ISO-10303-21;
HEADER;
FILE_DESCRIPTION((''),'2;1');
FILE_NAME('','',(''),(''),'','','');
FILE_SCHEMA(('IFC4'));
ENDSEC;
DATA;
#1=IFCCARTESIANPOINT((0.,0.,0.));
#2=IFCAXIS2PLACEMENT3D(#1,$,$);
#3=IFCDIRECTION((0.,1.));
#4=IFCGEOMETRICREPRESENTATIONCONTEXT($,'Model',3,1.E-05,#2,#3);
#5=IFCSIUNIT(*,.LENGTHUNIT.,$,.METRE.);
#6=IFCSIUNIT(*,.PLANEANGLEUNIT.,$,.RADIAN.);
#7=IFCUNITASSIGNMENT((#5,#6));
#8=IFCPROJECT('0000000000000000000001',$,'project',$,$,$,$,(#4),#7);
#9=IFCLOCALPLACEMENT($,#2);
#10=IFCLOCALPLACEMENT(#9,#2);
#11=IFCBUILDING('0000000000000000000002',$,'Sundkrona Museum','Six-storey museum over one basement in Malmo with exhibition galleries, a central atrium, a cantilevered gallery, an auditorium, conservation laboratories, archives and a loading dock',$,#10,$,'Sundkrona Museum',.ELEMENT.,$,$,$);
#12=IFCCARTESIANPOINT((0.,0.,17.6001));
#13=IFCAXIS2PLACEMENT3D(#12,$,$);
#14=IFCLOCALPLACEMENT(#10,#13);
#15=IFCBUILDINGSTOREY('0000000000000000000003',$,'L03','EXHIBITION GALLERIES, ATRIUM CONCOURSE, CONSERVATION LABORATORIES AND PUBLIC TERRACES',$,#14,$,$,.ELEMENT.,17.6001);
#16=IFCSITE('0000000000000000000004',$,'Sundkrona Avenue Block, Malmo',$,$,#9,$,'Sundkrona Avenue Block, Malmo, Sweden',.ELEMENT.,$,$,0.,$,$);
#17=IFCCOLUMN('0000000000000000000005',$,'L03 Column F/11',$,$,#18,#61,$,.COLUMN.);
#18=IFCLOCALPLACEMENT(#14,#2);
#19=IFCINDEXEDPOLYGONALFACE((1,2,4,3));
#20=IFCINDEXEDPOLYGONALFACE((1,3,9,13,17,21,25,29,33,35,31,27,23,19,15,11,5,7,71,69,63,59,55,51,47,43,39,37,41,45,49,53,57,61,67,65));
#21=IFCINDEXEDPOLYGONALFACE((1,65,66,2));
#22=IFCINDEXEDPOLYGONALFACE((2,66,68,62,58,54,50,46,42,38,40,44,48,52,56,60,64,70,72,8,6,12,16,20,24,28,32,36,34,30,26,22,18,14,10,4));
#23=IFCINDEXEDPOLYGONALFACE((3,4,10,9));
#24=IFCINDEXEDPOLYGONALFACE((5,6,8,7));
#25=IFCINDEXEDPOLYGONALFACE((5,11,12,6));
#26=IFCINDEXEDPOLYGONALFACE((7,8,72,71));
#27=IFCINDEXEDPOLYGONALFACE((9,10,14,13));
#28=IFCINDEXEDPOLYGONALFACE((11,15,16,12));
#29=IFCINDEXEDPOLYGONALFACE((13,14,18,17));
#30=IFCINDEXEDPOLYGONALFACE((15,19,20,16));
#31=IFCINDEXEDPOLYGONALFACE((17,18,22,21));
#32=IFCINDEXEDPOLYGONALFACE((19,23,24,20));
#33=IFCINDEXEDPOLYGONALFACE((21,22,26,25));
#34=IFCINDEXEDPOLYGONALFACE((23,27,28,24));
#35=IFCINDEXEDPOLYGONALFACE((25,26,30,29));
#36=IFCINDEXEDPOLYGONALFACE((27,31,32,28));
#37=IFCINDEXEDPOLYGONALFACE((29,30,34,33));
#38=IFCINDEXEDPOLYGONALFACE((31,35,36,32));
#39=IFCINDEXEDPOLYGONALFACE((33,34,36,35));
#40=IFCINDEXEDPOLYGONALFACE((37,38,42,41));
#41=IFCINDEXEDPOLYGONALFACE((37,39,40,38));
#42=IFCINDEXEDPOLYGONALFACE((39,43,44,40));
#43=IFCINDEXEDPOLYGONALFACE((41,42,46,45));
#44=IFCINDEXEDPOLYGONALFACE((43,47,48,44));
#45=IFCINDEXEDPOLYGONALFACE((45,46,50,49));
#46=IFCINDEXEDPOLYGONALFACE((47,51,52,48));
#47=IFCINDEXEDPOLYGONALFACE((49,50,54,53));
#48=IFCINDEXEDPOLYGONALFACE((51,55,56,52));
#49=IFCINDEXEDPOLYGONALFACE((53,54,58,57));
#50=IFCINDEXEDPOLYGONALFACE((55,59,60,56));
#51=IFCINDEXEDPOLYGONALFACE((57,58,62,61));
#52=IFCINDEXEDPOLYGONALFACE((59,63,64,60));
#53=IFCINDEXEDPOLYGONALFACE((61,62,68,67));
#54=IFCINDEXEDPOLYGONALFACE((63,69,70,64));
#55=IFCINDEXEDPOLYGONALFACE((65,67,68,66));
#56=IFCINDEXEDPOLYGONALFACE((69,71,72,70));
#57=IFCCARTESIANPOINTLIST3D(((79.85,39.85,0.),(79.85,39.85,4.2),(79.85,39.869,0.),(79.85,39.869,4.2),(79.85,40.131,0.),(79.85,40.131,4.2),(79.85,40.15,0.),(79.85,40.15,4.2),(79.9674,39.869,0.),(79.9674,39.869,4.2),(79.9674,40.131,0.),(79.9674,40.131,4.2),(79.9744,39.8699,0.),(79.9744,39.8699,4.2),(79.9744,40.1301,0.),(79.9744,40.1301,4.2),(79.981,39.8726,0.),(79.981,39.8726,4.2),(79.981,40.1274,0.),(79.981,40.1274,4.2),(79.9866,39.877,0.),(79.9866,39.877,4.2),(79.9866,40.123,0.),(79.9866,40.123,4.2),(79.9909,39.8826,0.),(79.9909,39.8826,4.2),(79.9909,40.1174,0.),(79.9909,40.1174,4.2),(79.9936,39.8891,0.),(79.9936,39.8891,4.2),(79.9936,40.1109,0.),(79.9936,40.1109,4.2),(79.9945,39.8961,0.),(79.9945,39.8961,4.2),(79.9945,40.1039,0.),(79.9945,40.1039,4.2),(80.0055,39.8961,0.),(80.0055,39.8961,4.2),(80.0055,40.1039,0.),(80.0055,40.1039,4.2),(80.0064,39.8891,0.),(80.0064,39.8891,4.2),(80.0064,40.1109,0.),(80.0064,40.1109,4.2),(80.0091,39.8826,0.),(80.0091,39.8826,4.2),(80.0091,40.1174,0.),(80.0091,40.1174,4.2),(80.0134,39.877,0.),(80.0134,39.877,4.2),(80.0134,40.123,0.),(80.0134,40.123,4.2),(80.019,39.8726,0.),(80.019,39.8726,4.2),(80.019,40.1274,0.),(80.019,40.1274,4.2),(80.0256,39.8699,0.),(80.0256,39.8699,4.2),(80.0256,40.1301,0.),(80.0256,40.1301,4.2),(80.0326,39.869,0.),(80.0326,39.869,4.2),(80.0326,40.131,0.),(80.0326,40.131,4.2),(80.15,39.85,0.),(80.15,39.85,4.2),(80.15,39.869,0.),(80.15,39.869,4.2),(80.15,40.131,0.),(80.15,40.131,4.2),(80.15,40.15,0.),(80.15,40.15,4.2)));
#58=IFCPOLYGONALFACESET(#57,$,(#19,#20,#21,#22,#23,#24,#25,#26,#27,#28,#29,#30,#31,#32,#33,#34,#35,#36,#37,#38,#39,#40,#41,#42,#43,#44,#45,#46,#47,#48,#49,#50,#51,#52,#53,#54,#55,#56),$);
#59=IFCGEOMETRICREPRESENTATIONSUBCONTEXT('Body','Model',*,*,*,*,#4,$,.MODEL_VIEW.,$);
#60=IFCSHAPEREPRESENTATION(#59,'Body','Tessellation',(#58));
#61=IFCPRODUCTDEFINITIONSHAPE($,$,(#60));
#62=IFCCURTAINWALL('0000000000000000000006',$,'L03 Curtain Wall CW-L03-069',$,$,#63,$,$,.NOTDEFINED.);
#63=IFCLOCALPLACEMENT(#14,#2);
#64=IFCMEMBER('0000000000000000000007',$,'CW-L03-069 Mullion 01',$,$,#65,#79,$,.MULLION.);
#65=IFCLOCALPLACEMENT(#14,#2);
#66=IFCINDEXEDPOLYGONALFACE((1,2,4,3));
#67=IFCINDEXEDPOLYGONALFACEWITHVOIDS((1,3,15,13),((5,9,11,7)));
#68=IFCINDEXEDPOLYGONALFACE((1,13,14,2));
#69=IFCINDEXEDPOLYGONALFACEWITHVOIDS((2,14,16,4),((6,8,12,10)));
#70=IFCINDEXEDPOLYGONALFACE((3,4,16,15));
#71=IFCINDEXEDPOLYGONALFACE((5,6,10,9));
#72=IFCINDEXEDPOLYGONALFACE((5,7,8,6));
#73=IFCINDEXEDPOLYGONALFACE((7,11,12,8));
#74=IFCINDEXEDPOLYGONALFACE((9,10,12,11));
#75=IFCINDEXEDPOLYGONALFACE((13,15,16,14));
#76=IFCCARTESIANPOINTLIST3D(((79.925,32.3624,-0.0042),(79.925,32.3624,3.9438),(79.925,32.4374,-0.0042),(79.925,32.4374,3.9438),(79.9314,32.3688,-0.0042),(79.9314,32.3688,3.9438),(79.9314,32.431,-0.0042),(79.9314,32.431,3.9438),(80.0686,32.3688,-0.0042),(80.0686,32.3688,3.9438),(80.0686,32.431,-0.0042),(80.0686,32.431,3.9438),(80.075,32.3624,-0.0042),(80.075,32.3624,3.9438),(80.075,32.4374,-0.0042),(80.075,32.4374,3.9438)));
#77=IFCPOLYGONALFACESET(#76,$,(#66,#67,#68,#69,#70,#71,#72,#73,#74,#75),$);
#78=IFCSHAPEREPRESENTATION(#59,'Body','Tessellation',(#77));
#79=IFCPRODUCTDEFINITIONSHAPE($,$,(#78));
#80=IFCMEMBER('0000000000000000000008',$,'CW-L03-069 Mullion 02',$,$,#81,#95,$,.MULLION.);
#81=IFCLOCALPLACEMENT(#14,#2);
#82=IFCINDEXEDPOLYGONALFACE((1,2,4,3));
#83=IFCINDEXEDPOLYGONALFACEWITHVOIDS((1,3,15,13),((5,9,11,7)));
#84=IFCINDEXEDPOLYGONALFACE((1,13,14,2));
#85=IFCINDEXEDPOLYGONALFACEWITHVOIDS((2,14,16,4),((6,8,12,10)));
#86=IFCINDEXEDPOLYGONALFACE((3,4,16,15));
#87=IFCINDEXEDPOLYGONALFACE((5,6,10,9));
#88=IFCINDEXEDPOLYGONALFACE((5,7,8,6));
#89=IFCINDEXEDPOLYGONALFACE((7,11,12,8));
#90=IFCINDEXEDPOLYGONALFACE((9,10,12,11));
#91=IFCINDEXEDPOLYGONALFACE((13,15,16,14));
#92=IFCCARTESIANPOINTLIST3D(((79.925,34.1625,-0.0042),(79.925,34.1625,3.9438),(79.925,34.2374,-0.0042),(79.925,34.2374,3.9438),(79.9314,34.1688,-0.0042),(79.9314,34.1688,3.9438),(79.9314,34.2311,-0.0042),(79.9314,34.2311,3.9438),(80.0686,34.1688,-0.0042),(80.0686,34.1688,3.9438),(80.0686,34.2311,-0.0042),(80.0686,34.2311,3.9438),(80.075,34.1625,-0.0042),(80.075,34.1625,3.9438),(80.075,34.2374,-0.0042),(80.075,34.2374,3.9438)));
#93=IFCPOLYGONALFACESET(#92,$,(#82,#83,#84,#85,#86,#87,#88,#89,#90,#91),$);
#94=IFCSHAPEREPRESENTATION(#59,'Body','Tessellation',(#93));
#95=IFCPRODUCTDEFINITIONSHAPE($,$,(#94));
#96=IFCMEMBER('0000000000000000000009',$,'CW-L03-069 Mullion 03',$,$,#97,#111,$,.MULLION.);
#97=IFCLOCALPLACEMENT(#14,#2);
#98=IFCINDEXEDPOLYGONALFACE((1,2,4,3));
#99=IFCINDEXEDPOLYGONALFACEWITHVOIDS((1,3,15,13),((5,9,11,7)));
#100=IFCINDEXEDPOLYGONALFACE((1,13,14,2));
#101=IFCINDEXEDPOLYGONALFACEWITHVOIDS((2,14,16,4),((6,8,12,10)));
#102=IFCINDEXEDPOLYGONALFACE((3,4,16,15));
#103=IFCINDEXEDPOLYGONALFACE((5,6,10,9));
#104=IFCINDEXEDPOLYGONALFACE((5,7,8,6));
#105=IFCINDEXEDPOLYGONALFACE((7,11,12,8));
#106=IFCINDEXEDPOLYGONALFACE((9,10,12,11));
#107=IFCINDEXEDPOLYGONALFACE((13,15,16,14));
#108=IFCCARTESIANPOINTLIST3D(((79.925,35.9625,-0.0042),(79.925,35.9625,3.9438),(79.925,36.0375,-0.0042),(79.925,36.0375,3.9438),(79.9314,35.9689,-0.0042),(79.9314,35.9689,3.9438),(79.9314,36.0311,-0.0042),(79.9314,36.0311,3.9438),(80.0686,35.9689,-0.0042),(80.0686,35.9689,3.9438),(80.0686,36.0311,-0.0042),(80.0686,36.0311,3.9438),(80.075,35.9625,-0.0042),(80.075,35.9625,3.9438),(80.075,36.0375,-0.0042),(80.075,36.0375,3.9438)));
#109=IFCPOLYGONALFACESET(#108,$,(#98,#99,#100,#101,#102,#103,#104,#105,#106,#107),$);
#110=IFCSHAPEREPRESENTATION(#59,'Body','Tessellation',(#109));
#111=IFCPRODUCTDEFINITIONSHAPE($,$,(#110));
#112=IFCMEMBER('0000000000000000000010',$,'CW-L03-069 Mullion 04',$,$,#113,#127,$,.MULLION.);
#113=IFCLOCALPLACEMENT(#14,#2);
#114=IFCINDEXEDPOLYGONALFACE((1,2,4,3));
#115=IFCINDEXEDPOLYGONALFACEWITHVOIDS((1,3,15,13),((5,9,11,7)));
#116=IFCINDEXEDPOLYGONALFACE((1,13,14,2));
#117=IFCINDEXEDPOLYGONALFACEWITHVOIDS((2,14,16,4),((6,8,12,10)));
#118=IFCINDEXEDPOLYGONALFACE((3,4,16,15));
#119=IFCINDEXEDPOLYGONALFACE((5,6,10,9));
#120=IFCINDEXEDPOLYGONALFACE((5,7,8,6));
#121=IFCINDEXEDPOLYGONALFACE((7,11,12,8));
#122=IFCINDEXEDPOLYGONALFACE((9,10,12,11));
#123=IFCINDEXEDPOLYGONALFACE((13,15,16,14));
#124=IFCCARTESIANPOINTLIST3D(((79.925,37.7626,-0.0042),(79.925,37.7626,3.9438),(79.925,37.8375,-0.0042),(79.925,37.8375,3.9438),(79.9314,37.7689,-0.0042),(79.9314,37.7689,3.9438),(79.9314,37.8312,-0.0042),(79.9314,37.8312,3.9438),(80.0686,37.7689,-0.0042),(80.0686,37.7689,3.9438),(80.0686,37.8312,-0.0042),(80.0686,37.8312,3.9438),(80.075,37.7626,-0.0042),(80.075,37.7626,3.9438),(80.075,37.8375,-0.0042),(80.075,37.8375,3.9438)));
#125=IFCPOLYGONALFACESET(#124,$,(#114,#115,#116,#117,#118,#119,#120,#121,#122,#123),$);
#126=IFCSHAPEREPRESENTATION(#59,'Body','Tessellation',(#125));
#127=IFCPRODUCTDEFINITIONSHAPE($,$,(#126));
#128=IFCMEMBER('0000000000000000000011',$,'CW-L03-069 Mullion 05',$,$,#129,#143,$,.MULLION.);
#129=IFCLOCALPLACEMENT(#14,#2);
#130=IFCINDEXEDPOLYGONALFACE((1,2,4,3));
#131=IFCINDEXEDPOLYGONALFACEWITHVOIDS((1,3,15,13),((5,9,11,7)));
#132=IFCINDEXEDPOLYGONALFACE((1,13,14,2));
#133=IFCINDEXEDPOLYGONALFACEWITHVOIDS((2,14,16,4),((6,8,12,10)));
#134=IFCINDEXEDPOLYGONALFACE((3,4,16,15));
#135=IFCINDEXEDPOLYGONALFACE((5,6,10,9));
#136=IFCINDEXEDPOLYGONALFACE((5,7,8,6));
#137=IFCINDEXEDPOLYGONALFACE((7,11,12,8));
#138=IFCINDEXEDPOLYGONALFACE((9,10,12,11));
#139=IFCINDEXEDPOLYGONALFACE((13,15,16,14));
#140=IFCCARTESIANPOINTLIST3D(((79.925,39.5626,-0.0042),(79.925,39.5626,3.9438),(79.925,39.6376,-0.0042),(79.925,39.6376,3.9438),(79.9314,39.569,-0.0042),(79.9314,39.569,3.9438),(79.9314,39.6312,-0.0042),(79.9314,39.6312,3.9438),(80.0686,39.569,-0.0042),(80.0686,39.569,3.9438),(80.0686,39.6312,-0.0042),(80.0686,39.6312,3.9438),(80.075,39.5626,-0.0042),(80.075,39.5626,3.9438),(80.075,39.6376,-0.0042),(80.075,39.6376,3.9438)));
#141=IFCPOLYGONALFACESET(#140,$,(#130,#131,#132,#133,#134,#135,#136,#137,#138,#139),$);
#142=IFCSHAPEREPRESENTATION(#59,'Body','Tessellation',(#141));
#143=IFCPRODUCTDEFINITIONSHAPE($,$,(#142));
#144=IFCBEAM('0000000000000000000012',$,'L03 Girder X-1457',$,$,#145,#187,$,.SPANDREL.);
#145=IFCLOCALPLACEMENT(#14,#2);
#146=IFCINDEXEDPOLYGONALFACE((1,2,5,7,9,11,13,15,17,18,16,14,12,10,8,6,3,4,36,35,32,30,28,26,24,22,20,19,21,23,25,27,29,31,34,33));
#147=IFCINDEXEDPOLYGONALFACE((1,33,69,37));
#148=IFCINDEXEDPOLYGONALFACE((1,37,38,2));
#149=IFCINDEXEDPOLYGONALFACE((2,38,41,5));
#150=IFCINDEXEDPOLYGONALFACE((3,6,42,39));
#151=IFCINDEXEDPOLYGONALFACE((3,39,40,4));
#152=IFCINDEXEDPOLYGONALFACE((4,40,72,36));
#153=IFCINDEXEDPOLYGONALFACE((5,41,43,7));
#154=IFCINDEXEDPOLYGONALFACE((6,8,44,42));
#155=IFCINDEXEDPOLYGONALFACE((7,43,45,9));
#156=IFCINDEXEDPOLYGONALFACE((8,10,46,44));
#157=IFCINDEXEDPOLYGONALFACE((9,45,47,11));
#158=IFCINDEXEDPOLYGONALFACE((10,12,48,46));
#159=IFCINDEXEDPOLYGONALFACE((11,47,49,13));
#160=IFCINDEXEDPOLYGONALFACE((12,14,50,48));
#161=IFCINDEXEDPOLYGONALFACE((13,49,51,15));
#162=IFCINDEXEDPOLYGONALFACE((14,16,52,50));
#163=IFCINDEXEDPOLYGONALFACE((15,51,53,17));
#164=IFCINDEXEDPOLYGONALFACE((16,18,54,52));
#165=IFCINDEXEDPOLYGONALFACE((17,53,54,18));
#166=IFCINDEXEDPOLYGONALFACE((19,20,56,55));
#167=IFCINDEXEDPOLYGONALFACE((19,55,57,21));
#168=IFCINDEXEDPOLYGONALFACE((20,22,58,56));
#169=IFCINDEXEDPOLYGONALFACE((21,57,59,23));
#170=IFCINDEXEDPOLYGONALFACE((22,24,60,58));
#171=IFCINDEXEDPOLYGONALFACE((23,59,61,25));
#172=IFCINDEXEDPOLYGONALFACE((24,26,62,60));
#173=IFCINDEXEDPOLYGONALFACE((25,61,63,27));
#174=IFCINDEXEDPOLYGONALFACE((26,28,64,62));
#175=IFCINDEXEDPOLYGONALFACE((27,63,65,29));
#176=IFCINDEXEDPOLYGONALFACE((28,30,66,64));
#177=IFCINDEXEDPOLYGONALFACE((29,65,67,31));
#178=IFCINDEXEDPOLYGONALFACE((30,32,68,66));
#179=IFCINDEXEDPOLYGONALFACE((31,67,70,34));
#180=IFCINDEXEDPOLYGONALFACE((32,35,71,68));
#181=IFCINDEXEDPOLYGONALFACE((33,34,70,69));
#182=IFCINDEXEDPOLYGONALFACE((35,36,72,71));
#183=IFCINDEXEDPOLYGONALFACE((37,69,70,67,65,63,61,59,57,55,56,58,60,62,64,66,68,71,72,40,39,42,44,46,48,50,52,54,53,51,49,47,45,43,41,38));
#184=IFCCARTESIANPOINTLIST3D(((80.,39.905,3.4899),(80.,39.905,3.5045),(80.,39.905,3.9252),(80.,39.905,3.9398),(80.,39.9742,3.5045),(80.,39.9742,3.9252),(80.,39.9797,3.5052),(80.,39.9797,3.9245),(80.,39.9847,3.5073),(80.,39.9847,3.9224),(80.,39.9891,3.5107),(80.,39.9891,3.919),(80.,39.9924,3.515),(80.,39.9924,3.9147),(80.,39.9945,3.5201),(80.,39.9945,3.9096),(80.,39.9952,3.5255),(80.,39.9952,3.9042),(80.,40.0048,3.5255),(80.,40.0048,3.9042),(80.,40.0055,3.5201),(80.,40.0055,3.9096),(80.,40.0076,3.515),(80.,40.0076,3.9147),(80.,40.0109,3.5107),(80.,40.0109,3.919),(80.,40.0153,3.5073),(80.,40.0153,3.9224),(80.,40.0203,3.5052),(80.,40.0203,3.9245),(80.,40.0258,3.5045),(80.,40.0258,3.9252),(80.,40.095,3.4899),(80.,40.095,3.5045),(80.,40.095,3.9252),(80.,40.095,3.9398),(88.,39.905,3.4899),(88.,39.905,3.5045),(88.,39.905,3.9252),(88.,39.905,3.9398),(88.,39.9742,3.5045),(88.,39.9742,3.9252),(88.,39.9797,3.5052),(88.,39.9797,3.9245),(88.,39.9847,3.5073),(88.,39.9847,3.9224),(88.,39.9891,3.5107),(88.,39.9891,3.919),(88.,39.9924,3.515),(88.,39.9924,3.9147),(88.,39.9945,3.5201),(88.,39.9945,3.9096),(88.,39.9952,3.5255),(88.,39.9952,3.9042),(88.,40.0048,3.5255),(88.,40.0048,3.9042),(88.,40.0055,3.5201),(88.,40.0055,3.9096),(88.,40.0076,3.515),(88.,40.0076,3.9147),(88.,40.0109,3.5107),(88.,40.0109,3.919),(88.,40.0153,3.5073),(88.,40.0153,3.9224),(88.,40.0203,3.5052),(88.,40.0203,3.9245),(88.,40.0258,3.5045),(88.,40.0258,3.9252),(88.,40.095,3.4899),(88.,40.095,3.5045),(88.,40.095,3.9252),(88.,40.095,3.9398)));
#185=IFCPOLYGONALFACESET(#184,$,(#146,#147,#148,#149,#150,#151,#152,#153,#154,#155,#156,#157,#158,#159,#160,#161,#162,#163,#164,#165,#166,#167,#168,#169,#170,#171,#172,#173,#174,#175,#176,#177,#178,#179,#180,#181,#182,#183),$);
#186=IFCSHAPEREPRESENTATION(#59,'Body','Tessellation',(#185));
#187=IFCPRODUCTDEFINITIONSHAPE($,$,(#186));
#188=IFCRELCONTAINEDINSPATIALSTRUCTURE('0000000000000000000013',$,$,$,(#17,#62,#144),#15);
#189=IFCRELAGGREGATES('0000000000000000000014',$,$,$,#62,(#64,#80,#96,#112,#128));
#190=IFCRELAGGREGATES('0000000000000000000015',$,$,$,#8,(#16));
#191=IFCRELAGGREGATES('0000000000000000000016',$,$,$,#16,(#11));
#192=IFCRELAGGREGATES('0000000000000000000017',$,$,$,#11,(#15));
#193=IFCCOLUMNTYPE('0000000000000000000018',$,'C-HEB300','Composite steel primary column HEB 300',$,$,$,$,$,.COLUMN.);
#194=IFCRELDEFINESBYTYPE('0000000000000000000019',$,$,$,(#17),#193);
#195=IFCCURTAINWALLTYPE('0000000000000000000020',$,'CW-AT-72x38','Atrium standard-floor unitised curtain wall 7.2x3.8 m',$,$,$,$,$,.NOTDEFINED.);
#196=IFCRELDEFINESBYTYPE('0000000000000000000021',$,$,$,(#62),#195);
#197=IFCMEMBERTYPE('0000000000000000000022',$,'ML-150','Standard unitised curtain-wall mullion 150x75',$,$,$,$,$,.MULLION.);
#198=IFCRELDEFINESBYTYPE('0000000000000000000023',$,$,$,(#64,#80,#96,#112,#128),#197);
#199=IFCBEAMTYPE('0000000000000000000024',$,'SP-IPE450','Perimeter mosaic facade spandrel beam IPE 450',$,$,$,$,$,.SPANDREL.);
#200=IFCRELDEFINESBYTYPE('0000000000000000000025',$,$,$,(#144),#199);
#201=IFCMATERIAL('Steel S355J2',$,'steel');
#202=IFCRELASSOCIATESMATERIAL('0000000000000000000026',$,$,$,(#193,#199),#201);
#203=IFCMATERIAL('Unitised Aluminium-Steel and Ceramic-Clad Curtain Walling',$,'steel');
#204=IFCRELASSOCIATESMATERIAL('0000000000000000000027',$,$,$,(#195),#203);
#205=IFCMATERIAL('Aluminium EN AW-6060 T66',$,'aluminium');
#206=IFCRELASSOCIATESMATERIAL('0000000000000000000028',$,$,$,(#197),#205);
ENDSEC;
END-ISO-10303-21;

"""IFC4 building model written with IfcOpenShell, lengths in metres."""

from ifc_helpers import new_model, si_unit, direction, frame, origin, origin_2d, place, context, subcontext, project, spatial, hollow_rectangle, i_section, extrude, material, material_profile, profile_set, type_object, element, aggregate, save


model = new_model("IFC4")

# Units and contexts
model_context = context("Model", 3, precision=1e-05, world=origin(), true_north=direction((0.0, 1.0)))
body_context = subcontext(model_context, "Body", "Model", "MODEL_VIEW")
ifc_project = project(units=[si_unit("LENGTHUNIT", "METRE"), si_unit("PLANEANGLEUNIT", "RADIAN")], contexts=[model_context])

# Site, building, storey
site_placement = place(None, origin())
site = spatial("IfcSite", under=ifc_project, at=site_placement, Name="Sundkrona Avenue Block, Malmo", LongName="Sundkrona Avenue Block, Malmo, Sweden", CompositionType="ELEMENT", RefElevation=0.0)
building_placement = place(site_placement, origin())
building = spatial("IfcBuilding", under=site, at=building_placement, Name="Sundkrona Museum", Description="Six-storey museum over one basement in Malmo with exhibition galleries, a central atrium, a cantilevered gallery, an auditorium, conservation laboratories, archives and a loading dock", LongName="Sundkrona Museum", CompositionType="ELEMENT")
storey_placement = place(building_placement, frame((0.0, 0.0, 17.6001)))
storey = spatial("IfcBuildingStorey", under=building, at=storey_placement, Name="L03", Description="EXHIBITION GALLERIES, ATRIUM CONCOURSE, CONSERVATION LABORATORIES AND PUBLIC TERRACES", CompositionType="ELEMENT", Elevation=17.6001)

# Column
ifc_material_1 = material(Name="Steel S355J2", Category="steel")
ifc_material_profile_1 = material_profile(ifc_material_1, i_section(OverallWidth=0.3, OverallDepth=0.3, WebThickness=0.011, FlangeThickness=0.019, FilletRadius=0.0271, at=origin_2d()), Name="HEB 300")
ifc_profile_set_1 = profile_set([ifc_material_profile_1], Name="Steel S355J2")
column_type = type_object("IfcColumnType", Name="C-HEB300", Description="Composite steel primary column HEB 300", PredefinedType="COLUMN", material=ifc_profile_set_1)
column_placement = place(storey_placement, frame((80.0, 40.0, 0.0), z_axis=(0.0, 0.0, 1.0), x_axis=(1.0, 0.0, 0.0)))
element("IfcColumn", 1, at=column_placement, inside=storey, type_object=column_type, Name="L03 Column F/11", PredefinedType="COLUMN", context=body_context, shape_type="SweptSolid", body=[
    extrude(i_section(OverallWidth=0.3, OverallDepth=0.3, WebThickness=0.011, FlangeThickness=0.019, FilletRadius=0.0271, at=origin_2d()), origin(), (0.0, 0.0, 1.0), 4.2),
])

# Curtain wall, members
ifc_material_2 = material(Name="Unitised Aluminium-Steel and Ceramic-Clad Curtain Walling", Category="steel")
curtain_wall_type = type_object("IfcCurtainWallType", Name="CW-AT-72x38", Description="Atrium standard-floor unitised curtain wall 7.2x3.8 m", PredefinedType="NOTDEFINED", material=ifc_material_2)
curtain_wall_placement = place(storey_placement, origin())
curtain_wall = element("IfcCurtainWall", 2, at=curtain_wall_placement, inside=storey, type_object=curtain_wall_type, Name="L03 Curtain Wall CW-L03-069", PredefinedType="NOTDEFINED")
ifc_material_3 = material(Name="Aluminium EN AW-6060 T66", Category="aluminium")
ifc_material_profile_2 = material_profile(ifc_material_3, hollow_rectangle(XDim=0.075, YDim=0.1499, WallThickness=0.0063, at=origin_2d()), Name="RHS 150x75x6.3")
ifc_profile_set_2 = profile_set([ifc_material_profile_2], Name="Aluminium EN AW-6060 T66")
member_type_1 = type_object("IfcMemberType", Name="ML-150", Description="Standard unitised curtain-wall mullion 150x75", PredefinedType="MULLION", material=ifc_profile_set_2)
member_1_placement = place(storey_placement, frame((80.0, 32.3999, -0.0042), z_axis=(0.0, 0.0, 1.0), x_axis=(0.0, 1.0, 0.0)))
member_1 = element("IfcMember", 3, at=member_1_placement, type_object=member_type_1, Name="CW-L03-069 Mullion 01", PredefinedType="MULLION", context=body_context, shape_type="SweptSolid", body=[
    extrude(hollow_rectangle(XDim=0.075, YDim=0.1499, WallThickness=0.0063, at=origin_2d()), origin(), (0.0, 0.0, 1.0), 3.948),
])
member_2_placement = place(storey_placement, frame((80.0, 34.2, -0.0042), z_axis=(0.0, 0.0, 1.0), x_axis=(0.0, 1.0, 0.0)))
member_2 = element("IfcMember", 4, at=member_2_placement, type_object=member_type_1, Name="CW-L03-069 Mullion 02", PredefinedType="MULLION", context=body_context, shape_type="SweptSolid", body=[
    extrude(hollow_rectangle(XDim=0.075, YDim=0.1499, WallThickness=0.0063, at=origin_2d()), origin(), (0.0, 0.0, 1.0), 3.948),
])
member_3_placement = place(storey_placement, frame((80.0, 36.0, -0.0042), z_axis=(0.0, 0.0, 1.0), x_axis=(0.0, 1.0, 0.0)))
member_3 = element("IfcMember", 5, at=member_3_placement, type_object=member_type_1, Name="CW-L03-069 Mullion 03", PredefinedType="MULLION", context=body_context, shape_type="SweptSolid", body=[
    extrude(hollow_rectangle(XDim=0.075, YDim=0.1499, WallThickness=0.0063, at=origin_2d()), origin(), (0.0, 0.0, 1.0), 3.948),
])
member_4_placement = place(storey_placement, frame((80.0, 37.8, -0.0042), z_axis=(0.0, 0.0, 1.0), x_axis=(0.0, 1.0, 0.0)))
member_4 = element("IfcMember", 6, at=member_4_placement, type_object=member_type_1, Name="CW-L03-069 Mullion 04", PredefinedType="MULLION", context=body_context, shape_type="SweptSolid", body=[
    extrude(hollow_rectangle(XDim=0.075, YDim=0.1499, WallThickness=0.0063, at=origin_2d()), origin(), (0.0, 0.0, 1.0), 3.948),
])
member_5_placement = place(storey_placement, frame((80.0, 39.6001, -0.0042), z_axis=(0.0, 0.0, 1.0), x_axis=(0.0, 1.0, 0.0)))
member_5 = element("IfcMember", 7, at=member_5_placement, type_object=member_type_1, Name="CW-L03-069 Mullion 05", PredefinedType="MULLION", context=body_context, shape_type="SweptSolid", body=[
    extrude(hollow_rectangle(XDim=0.075, YDim=0.1499, WallThickness=0.0063, at=origin_2d()), origin(), (0.0, 0.0, 1.0), 3.948),
])

# Beam
ifc_material_profile_3 = material_profile(ifc_material_1, i_section(OverallWidth=0.1899, OverallDepth=0.45, WebThickness=0.0095, FlangeThickness=0.0146, FilletRadius=0.021, at=origin_2d()), Name="IPE 450")
ifc_profile_set_3 = profile_set([ifc_material_profile_3], Name="Steel S355J2")
beam_type = type_object("IfcBeamType", Name="SP-IPE450", Description="Perimeter mosaic facade spandrel beam IPE 450", PredefinedType="SPANDREL", material=ifc_profile_set_3)
beam_placement = place(storey_placement, frame((80.0, 40.0, 3.7148), z_axis=(1.0, 0.0, 0.0), x_axis=(0.0, 1.0, 0.0)))
element("IfcBeam", 8, at=beam_placement, inside=storey, type_object=beam_type, Name="L03 Girder X-1457", PredefinedType="SPANDREL", context=body_context, shape_type="SweptSolid", body=[
    extrude(i_section(OverallWidth=0.1899, OverallDepth=0.45, WebThickness=0.0095, FlangeThickness=0.0146, FilletRadius=0.021, at=origin_2d()), origin(), (0.0, 0.0, 1.0), 8.0),
])

aggregate(curtain_wall, [member_1, member_2, member_3, member_4, member_5])

save(model, "model.ifc")
